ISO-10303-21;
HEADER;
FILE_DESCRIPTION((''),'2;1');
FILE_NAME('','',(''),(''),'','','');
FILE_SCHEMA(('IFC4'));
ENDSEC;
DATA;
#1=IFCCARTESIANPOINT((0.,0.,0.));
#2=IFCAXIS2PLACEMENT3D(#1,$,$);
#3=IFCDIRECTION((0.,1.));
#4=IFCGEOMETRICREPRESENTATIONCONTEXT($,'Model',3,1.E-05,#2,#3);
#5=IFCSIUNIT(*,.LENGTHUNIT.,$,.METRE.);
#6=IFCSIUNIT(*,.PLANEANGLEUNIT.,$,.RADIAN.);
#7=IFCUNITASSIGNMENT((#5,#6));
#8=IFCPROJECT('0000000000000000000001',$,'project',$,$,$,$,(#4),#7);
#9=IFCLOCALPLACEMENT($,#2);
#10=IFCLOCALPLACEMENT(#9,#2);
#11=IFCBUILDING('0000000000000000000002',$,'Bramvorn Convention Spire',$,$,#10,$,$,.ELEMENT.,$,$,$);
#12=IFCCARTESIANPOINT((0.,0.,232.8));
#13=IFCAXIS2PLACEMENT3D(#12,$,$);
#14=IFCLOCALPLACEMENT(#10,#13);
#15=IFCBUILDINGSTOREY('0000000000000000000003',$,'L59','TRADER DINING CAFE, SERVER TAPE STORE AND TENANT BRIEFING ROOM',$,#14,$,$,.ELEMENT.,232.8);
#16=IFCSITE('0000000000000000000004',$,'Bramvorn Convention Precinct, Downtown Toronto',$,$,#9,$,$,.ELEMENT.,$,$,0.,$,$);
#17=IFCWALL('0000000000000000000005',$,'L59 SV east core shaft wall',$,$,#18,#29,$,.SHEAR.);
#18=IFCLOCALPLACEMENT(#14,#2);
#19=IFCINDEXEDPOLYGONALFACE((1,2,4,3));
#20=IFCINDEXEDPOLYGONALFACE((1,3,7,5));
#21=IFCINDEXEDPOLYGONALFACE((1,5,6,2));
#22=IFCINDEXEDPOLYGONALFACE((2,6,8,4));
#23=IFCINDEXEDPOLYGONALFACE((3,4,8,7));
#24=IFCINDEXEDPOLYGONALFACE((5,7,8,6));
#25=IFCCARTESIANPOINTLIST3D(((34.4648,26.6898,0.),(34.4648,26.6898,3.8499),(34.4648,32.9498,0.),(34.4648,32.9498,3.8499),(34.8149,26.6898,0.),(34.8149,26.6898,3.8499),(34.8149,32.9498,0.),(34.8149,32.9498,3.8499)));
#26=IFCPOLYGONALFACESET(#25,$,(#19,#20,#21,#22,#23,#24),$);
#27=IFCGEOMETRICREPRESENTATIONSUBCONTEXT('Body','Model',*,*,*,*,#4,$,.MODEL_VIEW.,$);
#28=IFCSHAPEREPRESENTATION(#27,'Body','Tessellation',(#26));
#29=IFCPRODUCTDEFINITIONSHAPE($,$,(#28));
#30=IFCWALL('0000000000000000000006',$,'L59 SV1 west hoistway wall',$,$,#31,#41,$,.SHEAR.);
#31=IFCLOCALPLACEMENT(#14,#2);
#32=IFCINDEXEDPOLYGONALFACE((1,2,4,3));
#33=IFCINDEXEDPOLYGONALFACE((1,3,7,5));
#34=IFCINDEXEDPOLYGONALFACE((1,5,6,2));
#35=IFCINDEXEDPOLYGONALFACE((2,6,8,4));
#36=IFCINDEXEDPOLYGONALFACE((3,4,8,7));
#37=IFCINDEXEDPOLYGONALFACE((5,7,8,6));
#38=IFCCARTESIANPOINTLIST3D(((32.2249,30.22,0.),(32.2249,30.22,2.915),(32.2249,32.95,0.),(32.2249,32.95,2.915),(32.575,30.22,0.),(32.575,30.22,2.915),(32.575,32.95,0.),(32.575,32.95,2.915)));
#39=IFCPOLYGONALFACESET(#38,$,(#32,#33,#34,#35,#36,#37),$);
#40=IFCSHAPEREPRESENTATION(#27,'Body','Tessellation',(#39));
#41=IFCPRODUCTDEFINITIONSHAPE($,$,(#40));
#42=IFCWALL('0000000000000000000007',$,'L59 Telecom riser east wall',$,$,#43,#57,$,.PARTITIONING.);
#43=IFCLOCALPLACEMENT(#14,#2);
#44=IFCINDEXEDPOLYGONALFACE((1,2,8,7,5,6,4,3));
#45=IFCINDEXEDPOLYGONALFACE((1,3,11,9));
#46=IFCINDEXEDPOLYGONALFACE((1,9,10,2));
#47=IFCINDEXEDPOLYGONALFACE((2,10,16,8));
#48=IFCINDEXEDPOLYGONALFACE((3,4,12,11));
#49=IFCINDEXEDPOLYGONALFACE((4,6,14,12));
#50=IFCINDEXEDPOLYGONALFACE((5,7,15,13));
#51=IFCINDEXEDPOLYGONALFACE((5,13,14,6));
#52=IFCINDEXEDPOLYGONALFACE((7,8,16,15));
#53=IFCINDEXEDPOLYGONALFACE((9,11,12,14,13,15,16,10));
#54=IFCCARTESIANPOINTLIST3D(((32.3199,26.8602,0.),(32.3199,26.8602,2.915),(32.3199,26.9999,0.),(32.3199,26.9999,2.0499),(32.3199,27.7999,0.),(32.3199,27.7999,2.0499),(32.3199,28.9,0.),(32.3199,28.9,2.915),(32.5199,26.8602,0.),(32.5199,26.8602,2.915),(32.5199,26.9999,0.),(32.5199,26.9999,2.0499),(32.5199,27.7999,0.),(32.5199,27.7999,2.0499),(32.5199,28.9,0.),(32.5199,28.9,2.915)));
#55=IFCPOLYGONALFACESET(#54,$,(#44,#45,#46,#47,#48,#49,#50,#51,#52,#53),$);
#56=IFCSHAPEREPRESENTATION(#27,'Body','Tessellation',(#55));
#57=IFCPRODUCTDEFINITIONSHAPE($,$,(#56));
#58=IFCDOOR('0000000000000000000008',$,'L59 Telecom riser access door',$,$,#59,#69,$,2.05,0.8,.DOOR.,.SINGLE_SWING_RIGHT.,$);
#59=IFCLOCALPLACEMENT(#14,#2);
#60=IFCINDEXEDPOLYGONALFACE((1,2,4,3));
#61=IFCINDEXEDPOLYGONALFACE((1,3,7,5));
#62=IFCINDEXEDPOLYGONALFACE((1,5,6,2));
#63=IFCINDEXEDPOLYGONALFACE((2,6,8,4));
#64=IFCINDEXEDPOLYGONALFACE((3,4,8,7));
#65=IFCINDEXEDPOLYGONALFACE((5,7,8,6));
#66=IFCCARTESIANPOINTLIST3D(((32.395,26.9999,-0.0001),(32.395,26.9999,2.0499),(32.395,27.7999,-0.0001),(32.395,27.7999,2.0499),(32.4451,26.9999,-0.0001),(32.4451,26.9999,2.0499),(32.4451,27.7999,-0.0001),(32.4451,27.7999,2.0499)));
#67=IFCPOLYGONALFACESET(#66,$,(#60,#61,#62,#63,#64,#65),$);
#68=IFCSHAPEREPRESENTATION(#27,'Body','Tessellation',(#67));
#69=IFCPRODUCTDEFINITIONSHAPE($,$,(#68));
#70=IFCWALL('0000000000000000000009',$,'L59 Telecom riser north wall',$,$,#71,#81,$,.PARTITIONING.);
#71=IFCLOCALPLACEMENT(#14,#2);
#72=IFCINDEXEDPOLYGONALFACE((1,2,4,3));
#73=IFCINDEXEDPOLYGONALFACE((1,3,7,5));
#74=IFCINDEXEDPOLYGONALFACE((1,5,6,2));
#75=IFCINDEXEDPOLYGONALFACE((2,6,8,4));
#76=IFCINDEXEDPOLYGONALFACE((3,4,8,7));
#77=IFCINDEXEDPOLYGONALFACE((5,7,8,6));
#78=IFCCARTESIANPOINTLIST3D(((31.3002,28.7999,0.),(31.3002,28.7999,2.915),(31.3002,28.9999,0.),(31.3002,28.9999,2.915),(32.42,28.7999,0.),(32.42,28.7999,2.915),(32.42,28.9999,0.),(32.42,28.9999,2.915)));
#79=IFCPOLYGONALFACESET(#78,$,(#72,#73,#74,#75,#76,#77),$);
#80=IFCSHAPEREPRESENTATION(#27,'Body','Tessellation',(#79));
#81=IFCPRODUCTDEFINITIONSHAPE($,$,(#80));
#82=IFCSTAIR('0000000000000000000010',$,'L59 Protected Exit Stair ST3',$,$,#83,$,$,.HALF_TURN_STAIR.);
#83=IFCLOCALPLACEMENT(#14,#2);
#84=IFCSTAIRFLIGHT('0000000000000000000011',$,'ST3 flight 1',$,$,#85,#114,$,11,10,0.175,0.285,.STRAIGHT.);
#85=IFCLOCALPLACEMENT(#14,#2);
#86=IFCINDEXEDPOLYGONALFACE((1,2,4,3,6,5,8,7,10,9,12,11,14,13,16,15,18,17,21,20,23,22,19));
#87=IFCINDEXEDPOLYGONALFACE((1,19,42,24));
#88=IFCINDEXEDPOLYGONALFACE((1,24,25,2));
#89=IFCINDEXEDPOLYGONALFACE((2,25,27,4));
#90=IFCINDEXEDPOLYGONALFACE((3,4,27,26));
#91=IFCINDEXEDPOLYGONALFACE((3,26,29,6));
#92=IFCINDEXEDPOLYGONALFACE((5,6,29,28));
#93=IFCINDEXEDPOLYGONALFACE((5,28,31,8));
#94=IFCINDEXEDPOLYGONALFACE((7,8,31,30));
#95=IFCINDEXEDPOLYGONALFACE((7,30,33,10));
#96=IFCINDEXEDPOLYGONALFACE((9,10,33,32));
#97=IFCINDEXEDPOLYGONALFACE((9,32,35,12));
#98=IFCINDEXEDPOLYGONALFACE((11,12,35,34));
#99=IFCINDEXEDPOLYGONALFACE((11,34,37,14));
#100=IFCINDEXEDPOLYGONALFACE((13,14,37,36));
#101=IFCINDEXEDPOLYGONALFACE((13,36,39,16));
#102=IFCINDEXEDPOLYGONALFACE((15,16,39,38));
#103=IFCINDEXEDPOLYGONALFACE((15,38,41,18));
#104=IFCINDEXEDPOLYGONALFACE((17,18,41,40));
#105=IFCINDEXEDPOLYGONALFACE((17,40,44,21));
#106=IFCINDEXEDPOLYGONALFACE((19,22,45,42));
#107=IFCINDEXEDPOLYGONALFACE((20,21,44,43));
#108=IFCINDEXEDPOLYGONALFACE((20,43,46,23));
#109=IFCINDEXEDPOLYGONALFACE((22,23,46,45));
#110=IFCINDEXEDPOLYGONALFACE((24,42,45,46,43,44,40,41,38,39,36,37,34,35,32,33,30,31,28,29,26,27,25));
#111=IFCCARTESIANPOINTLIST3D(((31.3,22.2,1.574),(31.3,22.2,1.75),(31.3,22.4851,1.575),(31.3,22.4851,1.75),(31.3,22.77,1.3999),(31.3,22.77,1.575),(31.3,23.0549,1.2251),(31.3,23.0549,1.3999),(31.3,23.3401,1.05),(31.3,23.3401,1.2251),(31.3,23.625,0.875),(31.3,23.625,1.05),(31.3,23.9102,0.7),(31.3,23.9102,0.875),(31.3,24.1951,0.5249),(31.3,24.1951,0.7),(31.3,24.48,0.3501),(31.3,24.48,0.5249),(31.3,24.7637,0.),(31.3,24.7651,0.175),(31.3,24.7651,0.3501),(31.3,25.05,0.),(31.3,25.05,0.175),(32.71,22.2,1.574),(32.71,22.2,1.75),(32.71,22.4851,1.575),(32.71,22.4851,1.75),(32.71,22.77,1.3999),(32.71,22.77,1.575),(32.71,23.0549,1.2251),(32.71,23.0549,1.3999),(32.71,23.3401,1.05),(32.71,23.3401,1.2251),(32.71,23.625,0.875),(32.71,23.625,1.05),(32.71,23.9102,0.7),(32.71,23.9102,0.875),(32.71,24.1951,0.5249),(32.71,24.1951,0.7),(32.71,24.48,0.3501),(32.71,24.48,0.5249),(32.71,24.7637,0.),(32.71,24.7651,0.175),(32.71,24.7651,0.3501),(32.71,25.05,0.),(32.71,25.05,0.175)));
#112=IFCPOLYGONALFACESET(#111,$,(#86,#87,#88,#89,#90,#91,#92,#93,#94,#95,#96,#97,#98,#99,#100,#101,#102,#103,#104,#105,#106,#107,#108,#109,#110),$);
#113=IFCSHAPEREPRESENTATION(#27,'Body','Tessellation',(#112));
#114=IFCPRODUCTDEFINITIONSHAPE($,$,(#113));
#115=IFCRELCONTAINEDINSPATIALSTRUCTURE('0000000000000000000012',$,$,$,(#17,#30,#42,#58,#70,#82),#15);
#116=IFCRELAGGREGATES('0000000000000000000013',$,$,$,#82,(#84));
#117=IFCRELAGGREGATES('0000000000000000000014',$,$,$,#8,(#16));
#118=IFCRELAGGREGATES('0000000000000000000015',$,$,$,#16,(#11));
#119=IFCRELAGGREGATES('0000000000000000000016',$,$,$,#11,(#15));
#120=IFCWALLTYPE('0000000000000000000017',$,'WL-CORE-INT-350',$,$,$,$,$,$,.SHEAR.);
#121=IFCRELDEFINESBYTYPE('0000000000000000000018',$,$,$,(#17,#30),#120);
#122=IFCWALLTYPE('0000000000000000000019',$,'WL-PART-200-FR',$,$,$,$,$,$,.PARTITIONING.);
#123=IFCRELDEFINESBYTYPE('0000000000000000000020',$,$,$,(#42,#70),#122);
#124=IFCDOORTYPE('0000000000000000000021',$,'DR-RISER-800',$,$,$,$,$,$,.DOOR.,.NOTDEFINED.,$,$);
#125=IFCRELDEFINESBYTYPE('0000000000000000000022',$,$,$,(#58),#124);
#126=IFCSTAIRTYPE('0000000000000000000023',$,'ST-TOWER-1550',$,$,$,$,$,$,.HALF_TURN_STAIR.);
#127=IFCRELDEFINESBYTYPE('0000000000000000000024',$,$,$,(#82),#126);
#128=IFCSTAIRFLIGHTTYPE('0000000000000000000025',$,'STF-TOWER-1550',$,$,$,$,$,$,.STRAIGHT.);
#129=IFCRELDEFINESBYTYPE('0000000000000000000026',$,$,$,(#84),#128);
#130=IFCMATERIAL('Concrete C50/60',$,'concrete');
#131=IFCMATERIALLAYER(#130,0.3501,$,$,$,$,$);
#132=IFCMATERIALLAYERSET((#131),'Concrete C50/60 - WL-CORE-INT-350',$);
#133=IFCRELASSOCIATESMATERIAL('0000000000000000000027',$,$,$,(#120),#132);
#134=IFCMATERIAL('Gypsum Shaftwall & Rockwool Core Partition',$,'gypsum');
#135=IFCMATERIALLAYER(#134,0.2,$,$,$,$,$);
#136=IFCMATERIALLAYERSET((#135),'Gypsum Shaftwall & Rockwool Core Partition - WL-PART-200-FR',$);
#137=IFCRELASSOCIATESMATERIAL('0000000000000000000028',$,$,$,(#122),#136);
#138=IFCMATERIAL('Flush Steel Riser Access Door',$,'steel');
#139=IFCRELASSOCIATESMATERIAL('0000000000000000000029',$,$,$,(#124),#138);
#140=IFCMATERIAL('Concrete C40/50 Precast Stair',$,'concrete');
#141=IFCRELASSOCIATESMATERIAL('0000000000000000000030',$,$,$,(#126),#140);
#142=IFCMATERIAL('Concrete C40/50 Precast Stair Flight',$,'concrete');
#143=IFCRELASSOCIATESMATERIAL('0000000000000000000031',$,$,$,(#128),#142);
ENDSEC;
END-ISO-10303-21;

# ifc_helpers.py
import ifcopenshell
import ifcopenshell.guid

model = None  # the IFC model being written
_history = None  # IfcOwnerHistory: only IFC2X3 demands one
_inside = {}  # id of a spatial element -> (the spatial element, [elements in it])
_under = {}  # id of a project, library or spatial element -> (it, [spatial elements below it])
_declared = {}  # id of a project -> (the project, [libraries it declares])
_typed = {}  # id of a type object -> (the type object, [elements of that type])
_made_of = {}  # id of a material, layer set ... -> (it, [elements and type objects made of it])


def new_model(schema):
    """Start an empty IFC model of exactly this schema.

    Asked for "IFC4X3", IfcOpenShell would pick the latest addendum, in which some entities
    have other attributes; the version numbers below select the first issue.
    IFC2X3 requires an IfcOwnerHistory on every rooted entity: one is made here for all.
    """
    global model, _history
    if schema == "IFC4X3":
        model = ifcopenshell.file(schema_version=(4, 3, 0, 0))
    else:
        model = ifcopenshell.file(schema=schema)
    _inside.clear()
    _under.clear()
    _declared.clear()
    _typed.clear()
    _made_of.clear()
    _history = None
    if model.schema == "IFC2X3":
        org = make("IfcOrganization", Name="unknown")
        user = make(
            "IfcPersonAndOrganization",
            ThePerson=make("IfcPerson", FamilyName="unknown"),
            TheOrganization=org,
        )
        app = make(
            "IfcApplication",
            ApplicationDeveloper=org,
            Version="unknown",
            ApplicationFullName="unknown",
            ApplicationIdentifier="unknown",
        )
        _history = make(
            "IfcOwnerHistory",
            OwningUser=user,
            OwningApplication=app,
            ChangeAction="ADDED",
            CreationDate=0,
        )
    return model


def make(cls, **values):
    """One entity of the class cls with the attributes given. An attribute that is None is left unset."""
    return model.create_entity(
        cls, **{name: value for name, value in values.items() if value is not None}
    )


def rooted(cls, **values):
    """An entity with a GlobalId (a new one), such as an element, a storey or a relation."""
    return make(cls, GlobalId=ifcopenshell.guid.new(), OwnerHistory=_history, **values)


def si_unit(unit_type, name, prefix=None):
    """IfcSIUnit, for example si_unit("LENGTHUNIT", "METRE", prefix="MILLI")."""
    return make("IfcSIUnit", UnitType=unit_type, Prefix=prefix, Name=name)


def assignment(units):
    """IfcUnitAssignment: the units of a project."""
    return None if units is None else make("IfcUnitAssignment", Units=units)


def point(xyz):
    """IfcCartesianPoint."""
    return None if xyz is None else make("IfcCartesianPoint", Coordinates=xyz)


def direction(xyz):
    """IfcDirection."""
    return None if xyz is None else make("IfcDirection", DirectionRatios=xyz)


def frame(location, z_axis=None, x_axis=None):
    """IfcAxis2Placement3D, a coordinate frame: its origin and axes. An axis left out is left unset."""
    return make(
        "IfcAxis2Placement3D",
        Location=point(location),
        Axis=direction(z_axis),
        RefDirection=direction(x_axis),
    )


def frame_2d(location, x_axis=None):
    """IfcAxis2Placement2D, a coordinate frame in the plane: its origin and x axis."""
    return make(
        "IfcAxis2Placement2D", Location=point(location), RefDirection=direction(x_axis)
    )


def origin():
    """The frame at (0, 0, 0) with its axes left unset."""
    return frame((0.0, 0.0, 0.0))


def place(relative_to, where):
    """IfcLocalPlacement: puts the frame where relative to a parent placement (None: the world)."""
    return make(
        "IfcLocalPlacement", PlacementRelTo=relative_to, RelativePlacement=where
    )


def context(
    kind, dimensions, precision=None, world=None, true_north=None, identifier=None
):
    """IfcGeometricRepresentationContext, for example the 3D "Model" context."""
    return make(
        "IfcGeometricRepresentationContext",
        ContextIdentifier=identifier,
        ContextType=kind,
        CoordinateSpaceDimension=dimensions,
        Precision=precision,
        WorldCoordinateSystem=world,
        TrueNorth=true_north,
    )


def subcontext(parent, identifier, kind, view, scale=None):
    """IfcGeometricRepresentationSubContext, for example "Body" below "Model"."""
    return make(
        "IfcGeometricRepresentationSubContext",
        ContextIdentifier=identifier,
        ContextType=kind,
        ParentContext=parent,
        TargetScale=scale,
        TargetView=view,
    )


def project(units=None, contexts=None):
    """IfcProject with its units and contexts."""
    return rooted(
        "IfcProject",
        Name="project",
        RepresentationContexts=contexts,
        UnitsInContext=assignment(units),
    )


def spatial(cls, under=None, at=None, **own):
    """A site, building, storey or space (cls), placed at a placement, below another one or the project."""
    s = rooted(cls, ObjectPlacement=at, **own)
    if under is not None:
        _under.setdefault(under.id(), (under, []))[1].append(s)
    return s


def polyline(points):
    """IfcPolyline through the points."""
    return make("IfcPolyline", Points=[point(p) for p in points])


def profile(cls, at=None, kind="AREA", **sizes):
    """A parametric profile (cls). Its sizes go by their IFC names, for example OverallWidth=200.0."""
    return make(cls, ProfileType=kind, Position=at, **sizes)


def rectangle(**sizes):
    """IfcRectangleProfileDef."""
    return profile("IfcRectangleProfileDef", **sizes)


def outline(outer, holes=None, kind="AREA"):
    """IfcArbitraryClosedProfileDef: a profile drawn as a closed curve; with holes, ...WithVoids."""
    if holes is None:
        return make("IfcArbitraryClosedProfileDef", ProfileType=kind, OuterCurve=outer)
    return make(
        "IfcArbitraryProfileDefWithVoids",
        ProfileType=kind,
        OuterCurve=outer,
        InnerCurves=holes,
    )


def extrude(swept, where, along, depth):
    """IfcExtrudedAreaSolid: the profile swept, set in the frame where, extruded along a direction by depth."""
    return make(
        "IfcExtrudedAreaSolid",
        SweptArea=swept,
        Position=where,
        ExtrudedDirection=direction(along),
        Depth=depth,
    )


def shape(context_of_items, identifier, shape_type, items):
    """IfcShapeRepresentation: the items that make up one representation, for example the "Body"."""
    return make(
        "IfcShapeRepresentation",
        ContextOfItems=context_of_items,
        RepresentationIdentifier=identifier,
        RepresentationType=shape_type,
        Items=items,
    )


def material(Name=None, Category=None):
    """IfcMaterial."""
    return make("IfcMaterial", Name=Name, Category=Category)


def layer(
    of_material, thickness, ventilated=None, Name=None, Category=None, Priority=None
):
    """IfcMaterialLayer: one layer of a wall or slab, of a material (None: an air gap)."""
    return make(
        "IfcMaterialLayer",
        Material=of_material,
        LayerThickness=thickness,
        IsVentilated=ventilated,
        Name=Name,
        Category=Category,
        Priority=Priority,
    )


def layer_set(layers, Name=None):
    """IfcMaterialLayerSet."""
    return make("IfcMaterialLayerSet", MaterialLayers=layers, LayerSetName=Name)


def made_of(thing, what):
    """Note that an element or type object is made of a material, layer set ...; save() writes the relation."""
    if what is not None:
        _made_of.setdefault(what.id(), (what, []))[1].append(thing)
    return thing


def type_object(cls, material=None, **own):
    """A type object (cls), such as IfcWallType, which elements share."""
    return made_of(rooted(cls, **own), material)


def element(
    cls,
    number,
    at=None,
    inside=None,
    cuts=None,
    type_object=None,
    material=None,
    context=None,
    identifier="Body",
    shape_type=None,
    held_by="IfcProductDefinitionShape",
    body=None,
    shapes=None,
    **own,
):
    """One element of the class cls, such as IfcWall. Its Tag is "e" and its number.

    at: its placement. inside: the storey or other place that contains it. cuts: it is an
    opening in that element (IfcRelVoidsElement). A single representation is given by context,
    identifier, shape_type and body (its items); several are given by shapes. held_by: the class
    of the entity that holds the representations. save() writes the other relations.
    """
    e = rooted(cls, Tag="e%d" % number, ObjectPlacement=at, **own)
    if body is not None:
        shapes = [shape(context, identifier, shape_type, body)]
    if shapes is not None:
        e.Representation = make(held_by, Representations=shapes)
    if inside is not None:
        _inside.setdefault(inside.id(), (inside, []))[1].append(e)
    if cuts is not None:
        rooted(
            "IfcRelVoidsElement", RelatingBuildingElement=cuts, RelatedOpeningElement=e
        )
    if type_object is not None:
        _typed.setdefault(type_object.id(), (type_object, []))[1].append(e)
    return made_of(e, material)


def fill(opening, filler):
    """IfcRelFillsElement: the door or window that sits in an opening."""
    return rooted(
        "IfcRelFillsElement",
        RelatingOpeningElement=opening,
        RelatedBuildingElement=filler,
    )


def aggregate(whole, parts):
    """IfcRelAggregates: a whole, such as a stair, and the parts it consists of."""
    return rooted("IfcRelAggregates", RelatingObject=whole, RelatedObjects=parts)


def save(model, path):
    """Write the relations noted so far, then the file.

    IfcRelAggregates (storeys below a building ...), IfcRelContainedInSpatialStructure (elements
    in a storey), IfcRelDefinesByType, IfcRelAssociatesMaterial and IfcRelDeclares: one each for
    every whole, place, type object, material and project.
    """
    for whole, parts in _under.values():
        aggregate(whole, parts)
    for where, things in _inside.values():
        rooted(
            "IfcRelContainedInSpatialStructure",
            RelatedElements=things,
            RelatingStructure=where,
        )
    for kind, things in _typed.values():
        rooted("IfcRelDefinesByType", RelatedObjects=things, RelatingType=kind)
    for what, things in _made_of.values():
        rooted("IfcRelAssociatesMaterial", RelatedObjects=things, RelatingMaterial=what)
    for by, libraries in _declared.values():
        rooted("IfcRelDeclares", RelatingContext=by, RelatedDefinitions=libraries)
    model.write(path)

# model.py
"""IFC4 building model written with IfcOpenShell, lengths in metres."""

from ifc_helpers import new_model, si_unit, direction, frame, frame_2d, origin, place, context, subcontext, project, spatial, polyline, rectangle, outline, extrude, material, layer, layer_set, type_object, element, fill, aggregate, save


model = new_model("IFC4")

# Units and contexts
model_context = context("Model", 3, precision=1e-05, world=origin(), true_north=direction((0.0, 1.0)))
body_context = subcontext(model_context, "Body", "Model", "MODEL_VIEW")
ifc_project = project(units=[si_unit("LENGTHUNIT", "METRE"), si_unit("PLANEANGLEUNIT", "RADIAN")], contexts=[model_context])

# Site, building, storey
site_placement = place(None, origin())
site = spatial("IfcSite", under=ifc_project, at=site_placement, Name="Bramvorn Convention Precinct, Downtown Toronto", CompositionType="ELEMENT", RefElevation=0.0)
building_placement = place(site_placement, origin())
building = spatial("IfcBuilding", under=site, at=building_placement, Name="Bramvorn Convention Spire", CompositionType="ELEMENT")
storey_placement = place(building_placement, frame((0.0, 0.0, 232.8)))
storey = spatial("IfcBuildingStorey", under=building, at=storey_placement, Name="L59", Description="TRADER DINING CAFE, SERVER TAPE STORE AND TENANT BRIEFING ROOM", CompositionType="ELEMENT", Elevation=232.8)

# Wall
ifc_material_1 = material(Name="Concrete C50/60", Category="concrete")
ifc_layer_1 = layer(ifc_material_1, 0.3501)
ifc_layer_set_1 = layer_set([ifc_layer_1], Name="Concrete C50/60 - WL-CORE-INT-350")
wall_type_1 = type_object("IfcWallType", Name="WL-CORE-INT-350", PredefinedType="SHEAR", material=ifc_layer_set_1)
wall_1_placement = place(storey_placement, frame((34.6399, 26.6899, 0.0), z_axis=(0.0, 0.0, 1.0), x_axis=(0.0, 1.0, 0.0)))
element("IfcWall", 1, at=wall_1_placement, inside=storey, type_object=wall_type_1, Name="L59 SV east core shaft wall", PredefinedType="SHEAR", context=body_context, shape_type="SweptSolid", body=[
    extrude(rectangle(XDim=6.26, YDim=0.3501, at=frame_2d((3.1299, 0.0))), origin(), (0.0, 0.0, 1.0), 3.8499),
])

# Wall
wall_2_placement = place(storey_placement, frame((32.3999, 30.22, 0.0), z_axis=(0.0, 0.0, 1.0), x_axis=(0.0, 1.0, 0.0)))
element("IfcWall", 2, at=wall_2_placement, inside=storey, type_object=wall_type_1, Name="L59 SV1 west hoistway wall", PredefinedType="SHEAR", context=body_context, shape_type="SweptSolid", body=[
    extrude(rectangle(XDim=2.73, YDim=0.3501, at=frame_2d((1.365, 0.0))), origin(), (0.0, 0.0, 1.0), 2.915),
])

# Wall, opening, door
ifc_material_2 = material(Name="Gypsum Shaftwall & Rockwool Core Partition", Category="gypsum")
ifc_layer_2 = layer(ifc_material_2, 0.2)
ifc_layer_set_2 = layer_set([ifc_layer_2], Name="Gypsum Shaftwall & Rockwool Core Partition - WL-PART-200-FR")
wall_type_2 = type_object("IfcWallType", Name="WL-PART-200-FR", PredefinedType="PARTITIONING", material=ifc_layer_set_2)
wall_3_placement = place(storey_placement, frame((32.4199, 26.8601, 0.0), z_axis=(0.0, 0.0, 1.0), x_axis=(0.0, 1.0, 0.0)))
wall_3 = element("IfcWall", 3, at=wall_3_placement, inside=storey, type_object=wall_type_2, Name="L59 Telecom riser east wall", PredefinedType="PARTITIONING", context=body_context, shape_type="SweptSolid", body=[
    extrude(rectangle(XDim=2.0398, YDim=0.2, at=frame_2d((1.02, 0.0))), origin(), (0.0, 0.0, 1.0), 2.915),
])
opening_1_placement = place(wall_3_placement, frame((0.1399, 0.0, 0.0)))
opening_1 = element("IfcOpeningElement", 4, at=opening_1_placement, cuts=wall_3, PredefinedType="OPENING", context=body_context, shape_type="SweptSolid", body=[
    extrude(rectangle(XDim=0.8, YDim=2.05, at=frame_2d((0.3999, 1.0249))), frame((0.0, 0.1099, 0.0), z_axis=(0.0, -1.0, 0.0), x_axis=(1.0, 0.0, 0.0)), (0.0, 0.0, 1.0), 0.22),
])
ifc_material_3 = material(Name="Flush Steel Riser Access Door", Category="steel")
door_type_1 = type_object("IfcDoorType", Name="DR-RISER-800", OperationType="NOTDEFINED", PredefinedType="DOOR", material=ifc_material_3)
door_1_placement = place(opening_1_placement, origin())
door_1 = element("IfcDoor", 5, at=door_1_placement, inside=storey, type_object=door_type_1, Name="L59 Telecom riser access door", OperationType="SINGLE_SWING_RIGHT", OverallHeight=2.05, OverallWidth=0.8, PredefinedType="DOOR", context=body_context, shape_type="SweptSolid", body=[
    extrude(rectangle(XDim=0.8, YDim=2.05, at=frame_2d((0.3999, 1.0249))), frame((0.0, 0.0249, 0.0), z_axis=(0.0, -1.0, 0.0), x_axis=(1.0, 0.0, 0.0)), (0.0, 0.0, 1.0), 0.05),
])
fill(opening_1, door_1)

# Wall
wall_4_placement = place(storey_placement, frame((31.3, 28.8999, 0.0), z_axis=(0.0, 0.0, 1.0), x_axis=(1.0, 0.0, 0.0)))
element("IfcWall", 6, at=wall_4_placement, inside=storey, type_object=wall_type_2, Name="L59 Telecom riser north wall", PredefinedType="PARTITIONING", context=body_context, shape_type="SweptSolid", body=[
    extrude(rectangle(XDim=1.1199, YDim=0.2, at=frame_2d((0.5601, 0.0))), origin(), (0.0, 0.0, 1.0), 2.915),
])

# Stair, stair flight
ifc_material_4 = material(Name="Concrete C40/50 Precast Stair", Category="concrete")
stair_type = type_object("IfcStairType", Name="ST-TOWER-1550", PredefinedType="HALF_TURN_STAIR", material=ifc_material_4)
stair_placement = place(storey_placement, origin())
stair = element("IfcStair", 7, at=stair_placement, inside=storey, type_object=stair_type, Name="L59 Protected Exit Stair ST3", PredefinedType="HALF_TURN_STAIR")
ifc_material_5 = material(Name="Concrete C40/50 Precast Stair Flight", Category="concrete")
stair_flight_type = type_object("IfcStairFlightType", Name="STF-TOWER-1550", PredefinedType="STRAIGHT", material=ifc_material_5)
stair_flight_placement = place(storey_placement, frame((32.0049, 25.05, 0.0), z_axis=(0.0, 0.0, 1.0), x_axis=(0.0, -1.0, 0.0)))
stair_flight = element("IfcStairFlight", 8, at=stair_flight_placement, type_object=stair_flight_type, Name="ST3 flight 1", NumberOfRisers=11, NumberOfTreads=10, PredefinedType="STRAIGHT", RiserHeight=0.175, TreadLength=0.285, context=body_context, shape_type="SweptSolid", body=[
    extrude(outline(polyline([(0.0, 0.0), (0.0, 0.175), (0.2849, 0.175), (0.2849, 0.3501), (0.5701, 0.3501), (0.5701, 0.5249), (0.855, 0.5249), (0.855, 0.7), (1.1399, 0.7), (1.1399, 0.875), (1.425, 0.875), (1.425, 1.05), (1.71, 1.05), (1.71, 1.2251), (1.9951, 1.2251), (1.9951, 1.3999), (2.28, 1.3999), (2.28, 1.575), (2.5649, 1.575), (2.5649, 1.75), (2.8501, 1.75), (2.8501, 1.925), (2.8501, 1.574), (0.2864, 0.0), (0.0, 0.0)])), frame((0.0, 0.7051, 0.0), z_axis=(0.0, -1.0, 0.0), x_axis=(1.0, 0.0, 0.0)), (0.0, 0.0, 1.0), 1.4099),
])
aggregate(stair, [stair_flight])

save(model, "model.ifc")
